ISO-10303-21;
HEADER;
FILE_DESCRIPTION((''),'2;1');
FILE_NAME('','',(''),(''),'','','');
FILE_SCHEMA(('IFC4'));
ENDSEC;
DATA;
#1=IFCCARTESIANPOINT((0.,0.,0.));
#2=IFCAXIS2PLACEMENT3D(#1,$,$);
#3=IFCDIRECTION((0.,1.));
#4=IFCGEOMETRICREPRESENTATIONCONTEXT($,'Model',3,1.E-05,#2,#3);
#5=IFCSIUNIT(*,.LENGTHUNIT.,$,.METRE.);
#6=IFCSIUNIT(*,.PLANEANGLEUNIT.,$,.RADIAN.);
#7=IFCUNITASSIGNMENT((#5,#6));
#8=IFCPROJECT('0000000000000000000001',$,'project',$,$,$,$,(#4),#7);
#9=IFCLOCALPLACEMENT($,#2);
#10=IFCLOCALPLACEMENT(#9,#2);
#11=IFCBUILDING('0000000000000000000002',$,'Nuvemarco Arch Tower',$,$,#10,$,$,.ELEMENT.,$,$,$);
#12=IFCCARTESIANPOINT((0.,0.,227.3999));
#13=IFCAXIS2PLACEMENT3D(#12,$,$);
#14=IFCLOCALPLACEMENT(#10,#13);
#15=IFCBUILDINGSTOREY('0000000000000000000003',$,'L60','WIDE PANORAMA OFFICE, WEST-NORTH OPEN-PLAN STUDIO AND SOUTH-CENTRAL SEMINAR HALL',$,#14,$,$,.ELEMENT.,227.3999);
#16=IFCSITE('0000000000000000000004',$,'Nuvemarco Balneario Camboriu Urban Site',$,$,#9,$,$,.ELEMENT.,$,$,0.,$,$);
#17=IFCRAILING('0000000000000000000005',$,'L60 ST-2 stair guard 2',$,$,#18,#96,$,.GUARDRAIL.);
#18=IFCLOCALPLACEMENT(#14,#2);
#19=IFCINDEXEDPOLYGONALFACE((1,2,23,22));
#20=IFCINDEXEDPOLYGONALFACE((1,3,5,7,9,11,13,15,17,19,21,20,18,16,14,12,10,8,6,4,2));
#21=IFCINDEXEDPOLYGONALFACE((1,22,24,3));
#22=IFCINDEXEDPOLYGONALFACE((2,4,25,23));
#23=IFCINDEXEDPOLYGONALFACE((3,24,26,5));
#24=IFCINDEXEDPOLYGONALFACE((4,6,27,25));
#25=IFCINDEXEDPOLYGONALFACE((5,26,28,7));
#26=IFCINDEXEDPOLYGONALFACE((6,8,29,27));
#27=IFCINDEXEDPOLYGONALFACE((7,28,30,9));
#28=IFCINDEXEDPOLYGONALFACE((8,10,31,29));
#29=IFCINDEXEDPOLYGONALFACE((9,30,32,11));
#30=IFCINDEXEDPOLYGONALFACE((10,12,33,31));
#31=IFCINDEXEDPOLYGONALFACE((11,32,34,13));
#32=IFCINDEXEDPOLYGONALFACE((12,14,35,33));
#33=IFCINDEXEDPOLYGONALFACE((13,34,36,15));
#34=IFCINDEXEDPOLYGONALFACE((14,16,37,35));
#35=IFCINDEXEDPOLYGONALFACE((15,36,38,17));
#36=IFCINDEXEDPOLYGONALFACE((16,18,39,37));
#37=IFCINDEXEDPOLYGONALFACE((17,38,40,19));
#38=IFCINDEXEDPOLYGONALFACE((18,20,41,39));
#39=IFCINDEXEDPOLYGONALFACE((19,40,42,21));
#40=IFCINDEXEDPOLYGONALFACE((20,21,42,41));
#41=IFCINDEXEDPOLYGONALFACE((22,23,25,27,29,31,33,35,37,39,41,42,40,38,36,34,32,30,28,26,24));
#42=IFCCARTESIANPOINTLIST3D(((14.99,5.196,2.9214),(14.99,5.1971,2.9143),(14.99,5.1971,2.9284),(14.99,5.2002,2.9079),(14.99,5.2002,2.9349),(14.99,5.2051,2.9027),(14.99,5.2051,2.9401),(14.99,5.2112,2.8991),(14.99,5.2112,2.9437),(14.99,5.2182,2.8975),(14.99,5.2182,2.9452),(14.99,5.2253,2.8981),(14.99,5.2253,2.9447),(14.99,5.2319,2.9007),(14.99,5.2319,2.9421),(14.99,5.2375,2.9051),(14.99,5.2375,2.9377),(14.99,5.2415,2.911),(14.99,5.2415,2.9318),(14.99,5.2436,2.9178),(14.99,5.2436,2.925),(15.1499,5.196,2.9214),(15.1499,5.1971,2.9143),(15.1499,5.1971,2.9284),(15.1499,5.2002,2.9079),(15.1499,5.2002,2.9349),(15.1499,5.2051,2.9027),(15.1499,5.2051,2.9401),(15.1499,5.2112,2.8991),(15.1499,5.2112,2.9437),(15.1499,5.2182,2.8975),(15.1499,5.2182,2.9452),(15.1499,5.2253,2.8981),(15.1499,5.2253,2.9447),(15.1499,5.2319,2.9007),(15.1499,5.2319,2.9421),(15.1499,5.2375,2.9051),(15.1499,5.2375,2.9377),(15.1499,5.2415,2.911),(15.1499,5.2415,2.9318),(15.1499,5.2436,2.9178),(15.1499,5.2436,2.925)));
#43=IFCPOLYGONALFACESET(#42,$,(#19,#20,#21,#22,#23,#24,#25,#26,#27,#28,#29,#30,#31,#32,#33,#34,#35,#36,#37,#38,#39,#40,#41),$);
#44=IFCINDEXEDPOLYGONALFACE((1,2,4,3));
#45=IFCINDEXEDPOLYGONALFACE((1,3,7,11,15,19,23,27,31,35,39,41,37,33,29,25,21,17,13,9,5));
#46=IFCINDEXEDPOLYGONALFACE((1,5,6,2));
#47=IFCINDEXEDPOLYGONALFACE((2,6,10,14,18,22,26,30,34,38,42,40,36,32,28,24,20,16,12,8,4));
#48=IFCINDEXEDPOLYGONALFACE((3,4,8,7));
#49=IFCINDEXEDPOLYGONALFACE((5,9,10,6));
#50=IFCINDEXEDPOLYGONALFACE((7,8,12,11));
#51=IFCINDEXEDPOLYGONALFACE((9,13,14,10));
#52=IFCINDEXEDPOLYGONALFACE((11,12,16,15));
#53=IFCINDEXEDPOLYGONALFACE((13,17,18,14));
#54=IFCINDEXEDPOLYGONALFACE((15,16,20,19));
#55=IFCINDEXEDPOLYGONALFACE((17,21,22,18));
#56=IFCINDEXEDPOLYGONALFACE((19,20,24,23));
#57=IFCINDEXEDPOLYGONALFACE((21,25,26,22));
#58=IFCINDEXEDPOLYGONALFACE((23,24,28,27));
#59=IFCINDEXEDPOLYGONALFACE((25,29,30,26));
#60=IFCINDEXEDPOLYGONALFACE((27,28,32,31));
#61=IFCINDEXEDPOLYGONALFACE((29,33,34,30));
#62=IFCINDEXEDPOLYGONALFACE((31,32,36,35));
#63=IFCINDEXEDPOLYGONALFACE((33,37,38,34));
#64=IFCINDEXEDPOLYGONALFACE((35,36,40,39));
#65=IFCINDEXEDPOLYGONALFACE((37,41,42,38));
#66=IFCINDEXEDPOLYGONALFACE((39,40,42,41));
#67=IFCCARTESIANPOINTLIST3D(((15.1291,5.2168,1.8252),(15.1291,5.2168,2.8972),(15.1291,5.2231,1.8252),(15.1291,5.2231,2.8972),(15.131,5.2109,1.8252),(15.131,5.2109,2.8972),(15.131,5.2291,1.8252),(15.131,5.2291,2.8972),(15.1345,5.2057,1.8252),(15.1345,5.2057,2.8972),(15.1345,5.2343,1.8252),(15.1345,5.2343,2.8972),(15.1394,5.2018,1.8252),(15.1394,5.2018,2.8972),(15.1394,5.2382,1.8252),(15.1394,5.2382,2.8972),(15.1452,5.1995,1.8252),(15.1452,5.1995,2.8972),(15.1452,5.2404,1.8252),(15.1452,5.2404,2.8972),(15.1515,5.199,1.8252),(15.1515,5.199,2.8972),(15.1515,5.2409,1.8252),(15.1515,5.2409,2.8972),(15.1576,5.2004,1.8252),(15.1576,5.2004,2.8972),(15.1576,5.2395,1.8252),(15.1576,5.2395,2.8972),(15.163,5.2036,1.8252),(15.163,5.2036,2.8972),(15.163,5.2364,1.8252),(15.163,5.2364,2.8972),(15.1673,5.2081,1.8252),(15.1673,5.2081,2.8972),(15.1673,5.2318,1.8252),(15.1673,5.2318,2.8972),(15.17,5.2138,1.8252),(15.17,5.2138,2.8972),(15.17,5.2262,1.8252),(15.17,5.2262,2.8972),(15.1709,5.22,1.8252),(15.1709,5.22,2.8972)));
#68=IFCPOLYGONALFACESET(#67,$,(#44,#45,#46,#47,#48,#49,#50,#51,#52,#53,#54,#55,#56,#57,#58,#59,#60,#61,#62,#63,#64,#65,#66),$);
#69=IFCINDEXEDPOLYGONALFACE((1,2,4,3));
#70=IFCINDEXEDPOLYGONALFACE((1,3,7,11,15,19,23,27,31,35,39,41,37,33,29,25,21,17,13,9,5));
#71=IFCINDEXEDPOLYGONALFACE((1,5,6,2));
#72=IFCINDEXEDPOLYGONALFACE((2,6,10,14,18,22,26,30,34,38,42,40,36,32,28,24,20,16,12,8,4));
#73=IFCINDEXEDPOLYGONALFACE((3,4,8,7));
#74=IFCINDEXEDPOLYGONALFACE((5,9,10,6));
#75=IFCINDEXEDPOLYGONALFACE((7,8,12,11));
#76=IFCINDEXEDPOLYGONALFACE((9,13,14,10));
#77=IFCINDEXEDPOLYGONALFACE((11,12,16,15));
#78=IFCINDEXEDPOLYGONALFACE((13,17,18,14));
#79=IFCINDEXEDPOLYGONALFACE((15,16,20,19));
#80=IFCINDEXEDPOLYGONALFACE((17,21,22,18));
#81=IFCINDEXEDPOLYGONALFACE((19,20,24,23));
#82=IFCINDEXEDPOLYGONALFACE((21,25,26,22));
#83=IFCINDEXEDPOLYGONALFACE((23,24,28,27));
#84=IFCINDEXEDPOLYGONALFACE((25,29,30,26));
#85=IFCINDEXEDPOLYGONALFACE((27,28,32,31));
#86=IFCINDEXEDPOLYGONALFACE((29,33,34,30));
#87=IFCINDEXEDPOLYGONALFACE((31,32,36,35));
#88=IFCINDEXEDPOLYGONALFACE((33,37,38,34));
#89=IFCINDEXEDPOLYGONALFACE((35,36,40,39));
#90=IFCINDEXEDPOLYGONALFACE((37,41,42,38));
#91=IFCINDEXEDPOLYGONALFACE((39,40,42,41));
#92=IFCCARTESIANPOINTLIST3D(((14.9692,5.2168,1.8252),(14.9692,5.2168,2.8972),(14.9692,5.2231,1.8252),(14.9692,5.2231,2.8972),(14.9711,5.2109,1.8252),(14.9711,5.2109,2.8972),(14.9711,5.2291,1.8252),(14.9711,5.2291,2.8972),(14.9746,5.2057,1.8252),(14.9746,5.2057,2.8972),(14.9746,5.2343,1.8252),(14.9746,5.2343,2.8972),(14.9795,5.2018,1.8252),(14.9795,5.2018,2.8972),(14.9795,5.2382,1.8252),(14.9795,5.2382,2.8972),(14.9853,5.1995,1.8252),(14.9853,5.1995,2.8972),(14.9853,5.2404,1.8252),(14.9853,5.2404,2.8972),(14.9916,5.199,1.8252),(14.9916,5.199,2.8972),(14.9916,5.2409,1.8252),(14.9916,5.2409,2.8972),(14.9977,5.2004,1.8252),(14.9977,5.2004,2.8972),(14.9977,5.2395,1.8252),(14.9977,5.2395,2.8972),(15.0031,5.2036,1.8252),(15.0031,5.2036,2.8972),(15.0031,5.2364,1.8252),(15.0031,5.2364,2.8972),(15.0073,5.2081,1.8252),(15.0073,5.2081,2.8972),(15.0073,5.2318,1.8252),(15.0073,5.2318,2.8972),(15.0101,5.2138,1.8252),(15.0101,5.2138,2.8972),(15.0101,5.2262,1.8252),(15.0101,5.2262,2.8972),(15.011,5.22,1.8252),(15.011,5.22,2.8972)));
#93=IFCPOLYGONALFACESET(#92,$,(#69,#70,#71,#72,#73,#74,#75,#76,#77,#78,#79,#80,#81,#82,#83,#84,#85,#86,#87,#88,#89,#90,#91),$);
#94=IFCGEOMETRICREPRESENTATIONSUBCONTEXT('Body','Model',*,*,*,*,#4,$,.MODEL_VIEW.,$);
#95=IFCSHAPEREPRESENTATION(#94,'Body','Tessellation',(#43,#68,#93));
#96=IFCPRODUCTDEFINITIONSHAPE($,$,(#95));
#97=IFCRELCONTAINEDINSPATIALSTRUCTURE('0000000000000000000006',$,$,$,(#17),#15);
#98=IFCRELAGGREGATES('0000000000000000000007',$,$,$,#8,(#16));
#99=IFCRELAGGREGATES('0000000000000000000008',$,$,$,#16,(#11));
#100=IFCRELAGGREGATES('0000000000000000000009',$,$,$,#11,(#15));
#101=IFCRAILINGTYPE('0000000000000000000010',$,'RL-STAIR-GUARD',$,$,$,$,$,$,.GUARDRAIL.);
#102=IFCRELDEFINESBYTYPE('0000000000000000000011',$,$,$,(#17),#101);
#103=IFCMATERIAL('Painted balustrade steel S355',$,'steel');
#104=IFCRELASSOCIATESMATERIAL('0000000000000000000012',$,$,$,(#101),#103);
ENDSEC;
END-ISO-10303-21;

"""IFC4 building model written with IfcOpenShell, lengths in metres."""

from ifc_helpers import new_model, si_unit, direction, frame, origin, origin_2d, place, context, subcontext, project, spatial, circle, extrude, material, type_object, element, save


model = new_model("IFC4")

# Units and contexts
model_context = context("Model", 3, precision=1e-05, world=origin(), true_north=direction((0.0, 1.0)))
body_context = subcontext(model_context, "Body", "Model", "MODEL_VIEW")
ifc_project = project(units=[si_unit("LENGTHUNIT", "METRE"), si_unit("PLANEANGLEUNIT", "RADIAN")], contexts=[model_context])

# Site, building, storey
site_placement = place(None, origin())
site = spatial("IfcSite", under=ifc_project, at=site_placement, Name="Nuvemarco Balneario Camboriu Urban Site", CompositionType="ELEMENT", RefElevation=0.0)
building_placement = place(site_placement, origin())
building = spatial("IfcBuilding", under=site, at=building_placement, Name="Nuvemarco Arch Tower", CompositionType="ELEMENT")
storey_placement = place(building_placement, frame((0.0, 0.0, 227.3999)))
storey = spatial("IfcBuildingStorey", under=building, at=storey_placement, Name="L60", Description="WIDE PANORAMA OFFICE, WEST-NORTH OPEN-PLAN STUDIO AND SOUTH-CENTRAL SEMINAR HALL", CompositionType="ELEMENT", Elevation=227.3999)

# Railing
ifc_material_1 = material(Name="Painted balustrade steel S355", Category="steel")
railing_type_1 = type_object("IfcRailingType", Name="RL-STAIR-GUARD", PredefinedType="GUARDRAIL", material=ifc_material_1)
railing_1_placement = place(storey_placement, frame((15.1499, 5.22, 1.8252)))
element("IfcRailing", 1, at=railing_1_placement, inside=storey, type_object=railing_type_1, Name="L60 ST-2 stair guard 2", PredefinedType="GUARDRAIL", context=body_context, shape_type="SweptSolid", body=[
    extrude(circle(Radius=0.0239, at=origin_2d()), frame((0.0, 0.0, 1.0962), z_axis=(-1.0, 0.0, 0.0), x_axis=(0.0, -1.0, 0.0)), (0.0, 0.0, 1.0), 0.1599),
    extrude(circle(Radius=0.021, at=origin_2d()), origin(), (0.0, 0.0, 1.0), 1.072),
    extrude(circle(Radius=0.021, at=origin_2d()), frame((-0.1599, 0.0, 0.0)), (0.0, 0.0, 1.0), 1.072),
])

save(model, "model.ifc")
